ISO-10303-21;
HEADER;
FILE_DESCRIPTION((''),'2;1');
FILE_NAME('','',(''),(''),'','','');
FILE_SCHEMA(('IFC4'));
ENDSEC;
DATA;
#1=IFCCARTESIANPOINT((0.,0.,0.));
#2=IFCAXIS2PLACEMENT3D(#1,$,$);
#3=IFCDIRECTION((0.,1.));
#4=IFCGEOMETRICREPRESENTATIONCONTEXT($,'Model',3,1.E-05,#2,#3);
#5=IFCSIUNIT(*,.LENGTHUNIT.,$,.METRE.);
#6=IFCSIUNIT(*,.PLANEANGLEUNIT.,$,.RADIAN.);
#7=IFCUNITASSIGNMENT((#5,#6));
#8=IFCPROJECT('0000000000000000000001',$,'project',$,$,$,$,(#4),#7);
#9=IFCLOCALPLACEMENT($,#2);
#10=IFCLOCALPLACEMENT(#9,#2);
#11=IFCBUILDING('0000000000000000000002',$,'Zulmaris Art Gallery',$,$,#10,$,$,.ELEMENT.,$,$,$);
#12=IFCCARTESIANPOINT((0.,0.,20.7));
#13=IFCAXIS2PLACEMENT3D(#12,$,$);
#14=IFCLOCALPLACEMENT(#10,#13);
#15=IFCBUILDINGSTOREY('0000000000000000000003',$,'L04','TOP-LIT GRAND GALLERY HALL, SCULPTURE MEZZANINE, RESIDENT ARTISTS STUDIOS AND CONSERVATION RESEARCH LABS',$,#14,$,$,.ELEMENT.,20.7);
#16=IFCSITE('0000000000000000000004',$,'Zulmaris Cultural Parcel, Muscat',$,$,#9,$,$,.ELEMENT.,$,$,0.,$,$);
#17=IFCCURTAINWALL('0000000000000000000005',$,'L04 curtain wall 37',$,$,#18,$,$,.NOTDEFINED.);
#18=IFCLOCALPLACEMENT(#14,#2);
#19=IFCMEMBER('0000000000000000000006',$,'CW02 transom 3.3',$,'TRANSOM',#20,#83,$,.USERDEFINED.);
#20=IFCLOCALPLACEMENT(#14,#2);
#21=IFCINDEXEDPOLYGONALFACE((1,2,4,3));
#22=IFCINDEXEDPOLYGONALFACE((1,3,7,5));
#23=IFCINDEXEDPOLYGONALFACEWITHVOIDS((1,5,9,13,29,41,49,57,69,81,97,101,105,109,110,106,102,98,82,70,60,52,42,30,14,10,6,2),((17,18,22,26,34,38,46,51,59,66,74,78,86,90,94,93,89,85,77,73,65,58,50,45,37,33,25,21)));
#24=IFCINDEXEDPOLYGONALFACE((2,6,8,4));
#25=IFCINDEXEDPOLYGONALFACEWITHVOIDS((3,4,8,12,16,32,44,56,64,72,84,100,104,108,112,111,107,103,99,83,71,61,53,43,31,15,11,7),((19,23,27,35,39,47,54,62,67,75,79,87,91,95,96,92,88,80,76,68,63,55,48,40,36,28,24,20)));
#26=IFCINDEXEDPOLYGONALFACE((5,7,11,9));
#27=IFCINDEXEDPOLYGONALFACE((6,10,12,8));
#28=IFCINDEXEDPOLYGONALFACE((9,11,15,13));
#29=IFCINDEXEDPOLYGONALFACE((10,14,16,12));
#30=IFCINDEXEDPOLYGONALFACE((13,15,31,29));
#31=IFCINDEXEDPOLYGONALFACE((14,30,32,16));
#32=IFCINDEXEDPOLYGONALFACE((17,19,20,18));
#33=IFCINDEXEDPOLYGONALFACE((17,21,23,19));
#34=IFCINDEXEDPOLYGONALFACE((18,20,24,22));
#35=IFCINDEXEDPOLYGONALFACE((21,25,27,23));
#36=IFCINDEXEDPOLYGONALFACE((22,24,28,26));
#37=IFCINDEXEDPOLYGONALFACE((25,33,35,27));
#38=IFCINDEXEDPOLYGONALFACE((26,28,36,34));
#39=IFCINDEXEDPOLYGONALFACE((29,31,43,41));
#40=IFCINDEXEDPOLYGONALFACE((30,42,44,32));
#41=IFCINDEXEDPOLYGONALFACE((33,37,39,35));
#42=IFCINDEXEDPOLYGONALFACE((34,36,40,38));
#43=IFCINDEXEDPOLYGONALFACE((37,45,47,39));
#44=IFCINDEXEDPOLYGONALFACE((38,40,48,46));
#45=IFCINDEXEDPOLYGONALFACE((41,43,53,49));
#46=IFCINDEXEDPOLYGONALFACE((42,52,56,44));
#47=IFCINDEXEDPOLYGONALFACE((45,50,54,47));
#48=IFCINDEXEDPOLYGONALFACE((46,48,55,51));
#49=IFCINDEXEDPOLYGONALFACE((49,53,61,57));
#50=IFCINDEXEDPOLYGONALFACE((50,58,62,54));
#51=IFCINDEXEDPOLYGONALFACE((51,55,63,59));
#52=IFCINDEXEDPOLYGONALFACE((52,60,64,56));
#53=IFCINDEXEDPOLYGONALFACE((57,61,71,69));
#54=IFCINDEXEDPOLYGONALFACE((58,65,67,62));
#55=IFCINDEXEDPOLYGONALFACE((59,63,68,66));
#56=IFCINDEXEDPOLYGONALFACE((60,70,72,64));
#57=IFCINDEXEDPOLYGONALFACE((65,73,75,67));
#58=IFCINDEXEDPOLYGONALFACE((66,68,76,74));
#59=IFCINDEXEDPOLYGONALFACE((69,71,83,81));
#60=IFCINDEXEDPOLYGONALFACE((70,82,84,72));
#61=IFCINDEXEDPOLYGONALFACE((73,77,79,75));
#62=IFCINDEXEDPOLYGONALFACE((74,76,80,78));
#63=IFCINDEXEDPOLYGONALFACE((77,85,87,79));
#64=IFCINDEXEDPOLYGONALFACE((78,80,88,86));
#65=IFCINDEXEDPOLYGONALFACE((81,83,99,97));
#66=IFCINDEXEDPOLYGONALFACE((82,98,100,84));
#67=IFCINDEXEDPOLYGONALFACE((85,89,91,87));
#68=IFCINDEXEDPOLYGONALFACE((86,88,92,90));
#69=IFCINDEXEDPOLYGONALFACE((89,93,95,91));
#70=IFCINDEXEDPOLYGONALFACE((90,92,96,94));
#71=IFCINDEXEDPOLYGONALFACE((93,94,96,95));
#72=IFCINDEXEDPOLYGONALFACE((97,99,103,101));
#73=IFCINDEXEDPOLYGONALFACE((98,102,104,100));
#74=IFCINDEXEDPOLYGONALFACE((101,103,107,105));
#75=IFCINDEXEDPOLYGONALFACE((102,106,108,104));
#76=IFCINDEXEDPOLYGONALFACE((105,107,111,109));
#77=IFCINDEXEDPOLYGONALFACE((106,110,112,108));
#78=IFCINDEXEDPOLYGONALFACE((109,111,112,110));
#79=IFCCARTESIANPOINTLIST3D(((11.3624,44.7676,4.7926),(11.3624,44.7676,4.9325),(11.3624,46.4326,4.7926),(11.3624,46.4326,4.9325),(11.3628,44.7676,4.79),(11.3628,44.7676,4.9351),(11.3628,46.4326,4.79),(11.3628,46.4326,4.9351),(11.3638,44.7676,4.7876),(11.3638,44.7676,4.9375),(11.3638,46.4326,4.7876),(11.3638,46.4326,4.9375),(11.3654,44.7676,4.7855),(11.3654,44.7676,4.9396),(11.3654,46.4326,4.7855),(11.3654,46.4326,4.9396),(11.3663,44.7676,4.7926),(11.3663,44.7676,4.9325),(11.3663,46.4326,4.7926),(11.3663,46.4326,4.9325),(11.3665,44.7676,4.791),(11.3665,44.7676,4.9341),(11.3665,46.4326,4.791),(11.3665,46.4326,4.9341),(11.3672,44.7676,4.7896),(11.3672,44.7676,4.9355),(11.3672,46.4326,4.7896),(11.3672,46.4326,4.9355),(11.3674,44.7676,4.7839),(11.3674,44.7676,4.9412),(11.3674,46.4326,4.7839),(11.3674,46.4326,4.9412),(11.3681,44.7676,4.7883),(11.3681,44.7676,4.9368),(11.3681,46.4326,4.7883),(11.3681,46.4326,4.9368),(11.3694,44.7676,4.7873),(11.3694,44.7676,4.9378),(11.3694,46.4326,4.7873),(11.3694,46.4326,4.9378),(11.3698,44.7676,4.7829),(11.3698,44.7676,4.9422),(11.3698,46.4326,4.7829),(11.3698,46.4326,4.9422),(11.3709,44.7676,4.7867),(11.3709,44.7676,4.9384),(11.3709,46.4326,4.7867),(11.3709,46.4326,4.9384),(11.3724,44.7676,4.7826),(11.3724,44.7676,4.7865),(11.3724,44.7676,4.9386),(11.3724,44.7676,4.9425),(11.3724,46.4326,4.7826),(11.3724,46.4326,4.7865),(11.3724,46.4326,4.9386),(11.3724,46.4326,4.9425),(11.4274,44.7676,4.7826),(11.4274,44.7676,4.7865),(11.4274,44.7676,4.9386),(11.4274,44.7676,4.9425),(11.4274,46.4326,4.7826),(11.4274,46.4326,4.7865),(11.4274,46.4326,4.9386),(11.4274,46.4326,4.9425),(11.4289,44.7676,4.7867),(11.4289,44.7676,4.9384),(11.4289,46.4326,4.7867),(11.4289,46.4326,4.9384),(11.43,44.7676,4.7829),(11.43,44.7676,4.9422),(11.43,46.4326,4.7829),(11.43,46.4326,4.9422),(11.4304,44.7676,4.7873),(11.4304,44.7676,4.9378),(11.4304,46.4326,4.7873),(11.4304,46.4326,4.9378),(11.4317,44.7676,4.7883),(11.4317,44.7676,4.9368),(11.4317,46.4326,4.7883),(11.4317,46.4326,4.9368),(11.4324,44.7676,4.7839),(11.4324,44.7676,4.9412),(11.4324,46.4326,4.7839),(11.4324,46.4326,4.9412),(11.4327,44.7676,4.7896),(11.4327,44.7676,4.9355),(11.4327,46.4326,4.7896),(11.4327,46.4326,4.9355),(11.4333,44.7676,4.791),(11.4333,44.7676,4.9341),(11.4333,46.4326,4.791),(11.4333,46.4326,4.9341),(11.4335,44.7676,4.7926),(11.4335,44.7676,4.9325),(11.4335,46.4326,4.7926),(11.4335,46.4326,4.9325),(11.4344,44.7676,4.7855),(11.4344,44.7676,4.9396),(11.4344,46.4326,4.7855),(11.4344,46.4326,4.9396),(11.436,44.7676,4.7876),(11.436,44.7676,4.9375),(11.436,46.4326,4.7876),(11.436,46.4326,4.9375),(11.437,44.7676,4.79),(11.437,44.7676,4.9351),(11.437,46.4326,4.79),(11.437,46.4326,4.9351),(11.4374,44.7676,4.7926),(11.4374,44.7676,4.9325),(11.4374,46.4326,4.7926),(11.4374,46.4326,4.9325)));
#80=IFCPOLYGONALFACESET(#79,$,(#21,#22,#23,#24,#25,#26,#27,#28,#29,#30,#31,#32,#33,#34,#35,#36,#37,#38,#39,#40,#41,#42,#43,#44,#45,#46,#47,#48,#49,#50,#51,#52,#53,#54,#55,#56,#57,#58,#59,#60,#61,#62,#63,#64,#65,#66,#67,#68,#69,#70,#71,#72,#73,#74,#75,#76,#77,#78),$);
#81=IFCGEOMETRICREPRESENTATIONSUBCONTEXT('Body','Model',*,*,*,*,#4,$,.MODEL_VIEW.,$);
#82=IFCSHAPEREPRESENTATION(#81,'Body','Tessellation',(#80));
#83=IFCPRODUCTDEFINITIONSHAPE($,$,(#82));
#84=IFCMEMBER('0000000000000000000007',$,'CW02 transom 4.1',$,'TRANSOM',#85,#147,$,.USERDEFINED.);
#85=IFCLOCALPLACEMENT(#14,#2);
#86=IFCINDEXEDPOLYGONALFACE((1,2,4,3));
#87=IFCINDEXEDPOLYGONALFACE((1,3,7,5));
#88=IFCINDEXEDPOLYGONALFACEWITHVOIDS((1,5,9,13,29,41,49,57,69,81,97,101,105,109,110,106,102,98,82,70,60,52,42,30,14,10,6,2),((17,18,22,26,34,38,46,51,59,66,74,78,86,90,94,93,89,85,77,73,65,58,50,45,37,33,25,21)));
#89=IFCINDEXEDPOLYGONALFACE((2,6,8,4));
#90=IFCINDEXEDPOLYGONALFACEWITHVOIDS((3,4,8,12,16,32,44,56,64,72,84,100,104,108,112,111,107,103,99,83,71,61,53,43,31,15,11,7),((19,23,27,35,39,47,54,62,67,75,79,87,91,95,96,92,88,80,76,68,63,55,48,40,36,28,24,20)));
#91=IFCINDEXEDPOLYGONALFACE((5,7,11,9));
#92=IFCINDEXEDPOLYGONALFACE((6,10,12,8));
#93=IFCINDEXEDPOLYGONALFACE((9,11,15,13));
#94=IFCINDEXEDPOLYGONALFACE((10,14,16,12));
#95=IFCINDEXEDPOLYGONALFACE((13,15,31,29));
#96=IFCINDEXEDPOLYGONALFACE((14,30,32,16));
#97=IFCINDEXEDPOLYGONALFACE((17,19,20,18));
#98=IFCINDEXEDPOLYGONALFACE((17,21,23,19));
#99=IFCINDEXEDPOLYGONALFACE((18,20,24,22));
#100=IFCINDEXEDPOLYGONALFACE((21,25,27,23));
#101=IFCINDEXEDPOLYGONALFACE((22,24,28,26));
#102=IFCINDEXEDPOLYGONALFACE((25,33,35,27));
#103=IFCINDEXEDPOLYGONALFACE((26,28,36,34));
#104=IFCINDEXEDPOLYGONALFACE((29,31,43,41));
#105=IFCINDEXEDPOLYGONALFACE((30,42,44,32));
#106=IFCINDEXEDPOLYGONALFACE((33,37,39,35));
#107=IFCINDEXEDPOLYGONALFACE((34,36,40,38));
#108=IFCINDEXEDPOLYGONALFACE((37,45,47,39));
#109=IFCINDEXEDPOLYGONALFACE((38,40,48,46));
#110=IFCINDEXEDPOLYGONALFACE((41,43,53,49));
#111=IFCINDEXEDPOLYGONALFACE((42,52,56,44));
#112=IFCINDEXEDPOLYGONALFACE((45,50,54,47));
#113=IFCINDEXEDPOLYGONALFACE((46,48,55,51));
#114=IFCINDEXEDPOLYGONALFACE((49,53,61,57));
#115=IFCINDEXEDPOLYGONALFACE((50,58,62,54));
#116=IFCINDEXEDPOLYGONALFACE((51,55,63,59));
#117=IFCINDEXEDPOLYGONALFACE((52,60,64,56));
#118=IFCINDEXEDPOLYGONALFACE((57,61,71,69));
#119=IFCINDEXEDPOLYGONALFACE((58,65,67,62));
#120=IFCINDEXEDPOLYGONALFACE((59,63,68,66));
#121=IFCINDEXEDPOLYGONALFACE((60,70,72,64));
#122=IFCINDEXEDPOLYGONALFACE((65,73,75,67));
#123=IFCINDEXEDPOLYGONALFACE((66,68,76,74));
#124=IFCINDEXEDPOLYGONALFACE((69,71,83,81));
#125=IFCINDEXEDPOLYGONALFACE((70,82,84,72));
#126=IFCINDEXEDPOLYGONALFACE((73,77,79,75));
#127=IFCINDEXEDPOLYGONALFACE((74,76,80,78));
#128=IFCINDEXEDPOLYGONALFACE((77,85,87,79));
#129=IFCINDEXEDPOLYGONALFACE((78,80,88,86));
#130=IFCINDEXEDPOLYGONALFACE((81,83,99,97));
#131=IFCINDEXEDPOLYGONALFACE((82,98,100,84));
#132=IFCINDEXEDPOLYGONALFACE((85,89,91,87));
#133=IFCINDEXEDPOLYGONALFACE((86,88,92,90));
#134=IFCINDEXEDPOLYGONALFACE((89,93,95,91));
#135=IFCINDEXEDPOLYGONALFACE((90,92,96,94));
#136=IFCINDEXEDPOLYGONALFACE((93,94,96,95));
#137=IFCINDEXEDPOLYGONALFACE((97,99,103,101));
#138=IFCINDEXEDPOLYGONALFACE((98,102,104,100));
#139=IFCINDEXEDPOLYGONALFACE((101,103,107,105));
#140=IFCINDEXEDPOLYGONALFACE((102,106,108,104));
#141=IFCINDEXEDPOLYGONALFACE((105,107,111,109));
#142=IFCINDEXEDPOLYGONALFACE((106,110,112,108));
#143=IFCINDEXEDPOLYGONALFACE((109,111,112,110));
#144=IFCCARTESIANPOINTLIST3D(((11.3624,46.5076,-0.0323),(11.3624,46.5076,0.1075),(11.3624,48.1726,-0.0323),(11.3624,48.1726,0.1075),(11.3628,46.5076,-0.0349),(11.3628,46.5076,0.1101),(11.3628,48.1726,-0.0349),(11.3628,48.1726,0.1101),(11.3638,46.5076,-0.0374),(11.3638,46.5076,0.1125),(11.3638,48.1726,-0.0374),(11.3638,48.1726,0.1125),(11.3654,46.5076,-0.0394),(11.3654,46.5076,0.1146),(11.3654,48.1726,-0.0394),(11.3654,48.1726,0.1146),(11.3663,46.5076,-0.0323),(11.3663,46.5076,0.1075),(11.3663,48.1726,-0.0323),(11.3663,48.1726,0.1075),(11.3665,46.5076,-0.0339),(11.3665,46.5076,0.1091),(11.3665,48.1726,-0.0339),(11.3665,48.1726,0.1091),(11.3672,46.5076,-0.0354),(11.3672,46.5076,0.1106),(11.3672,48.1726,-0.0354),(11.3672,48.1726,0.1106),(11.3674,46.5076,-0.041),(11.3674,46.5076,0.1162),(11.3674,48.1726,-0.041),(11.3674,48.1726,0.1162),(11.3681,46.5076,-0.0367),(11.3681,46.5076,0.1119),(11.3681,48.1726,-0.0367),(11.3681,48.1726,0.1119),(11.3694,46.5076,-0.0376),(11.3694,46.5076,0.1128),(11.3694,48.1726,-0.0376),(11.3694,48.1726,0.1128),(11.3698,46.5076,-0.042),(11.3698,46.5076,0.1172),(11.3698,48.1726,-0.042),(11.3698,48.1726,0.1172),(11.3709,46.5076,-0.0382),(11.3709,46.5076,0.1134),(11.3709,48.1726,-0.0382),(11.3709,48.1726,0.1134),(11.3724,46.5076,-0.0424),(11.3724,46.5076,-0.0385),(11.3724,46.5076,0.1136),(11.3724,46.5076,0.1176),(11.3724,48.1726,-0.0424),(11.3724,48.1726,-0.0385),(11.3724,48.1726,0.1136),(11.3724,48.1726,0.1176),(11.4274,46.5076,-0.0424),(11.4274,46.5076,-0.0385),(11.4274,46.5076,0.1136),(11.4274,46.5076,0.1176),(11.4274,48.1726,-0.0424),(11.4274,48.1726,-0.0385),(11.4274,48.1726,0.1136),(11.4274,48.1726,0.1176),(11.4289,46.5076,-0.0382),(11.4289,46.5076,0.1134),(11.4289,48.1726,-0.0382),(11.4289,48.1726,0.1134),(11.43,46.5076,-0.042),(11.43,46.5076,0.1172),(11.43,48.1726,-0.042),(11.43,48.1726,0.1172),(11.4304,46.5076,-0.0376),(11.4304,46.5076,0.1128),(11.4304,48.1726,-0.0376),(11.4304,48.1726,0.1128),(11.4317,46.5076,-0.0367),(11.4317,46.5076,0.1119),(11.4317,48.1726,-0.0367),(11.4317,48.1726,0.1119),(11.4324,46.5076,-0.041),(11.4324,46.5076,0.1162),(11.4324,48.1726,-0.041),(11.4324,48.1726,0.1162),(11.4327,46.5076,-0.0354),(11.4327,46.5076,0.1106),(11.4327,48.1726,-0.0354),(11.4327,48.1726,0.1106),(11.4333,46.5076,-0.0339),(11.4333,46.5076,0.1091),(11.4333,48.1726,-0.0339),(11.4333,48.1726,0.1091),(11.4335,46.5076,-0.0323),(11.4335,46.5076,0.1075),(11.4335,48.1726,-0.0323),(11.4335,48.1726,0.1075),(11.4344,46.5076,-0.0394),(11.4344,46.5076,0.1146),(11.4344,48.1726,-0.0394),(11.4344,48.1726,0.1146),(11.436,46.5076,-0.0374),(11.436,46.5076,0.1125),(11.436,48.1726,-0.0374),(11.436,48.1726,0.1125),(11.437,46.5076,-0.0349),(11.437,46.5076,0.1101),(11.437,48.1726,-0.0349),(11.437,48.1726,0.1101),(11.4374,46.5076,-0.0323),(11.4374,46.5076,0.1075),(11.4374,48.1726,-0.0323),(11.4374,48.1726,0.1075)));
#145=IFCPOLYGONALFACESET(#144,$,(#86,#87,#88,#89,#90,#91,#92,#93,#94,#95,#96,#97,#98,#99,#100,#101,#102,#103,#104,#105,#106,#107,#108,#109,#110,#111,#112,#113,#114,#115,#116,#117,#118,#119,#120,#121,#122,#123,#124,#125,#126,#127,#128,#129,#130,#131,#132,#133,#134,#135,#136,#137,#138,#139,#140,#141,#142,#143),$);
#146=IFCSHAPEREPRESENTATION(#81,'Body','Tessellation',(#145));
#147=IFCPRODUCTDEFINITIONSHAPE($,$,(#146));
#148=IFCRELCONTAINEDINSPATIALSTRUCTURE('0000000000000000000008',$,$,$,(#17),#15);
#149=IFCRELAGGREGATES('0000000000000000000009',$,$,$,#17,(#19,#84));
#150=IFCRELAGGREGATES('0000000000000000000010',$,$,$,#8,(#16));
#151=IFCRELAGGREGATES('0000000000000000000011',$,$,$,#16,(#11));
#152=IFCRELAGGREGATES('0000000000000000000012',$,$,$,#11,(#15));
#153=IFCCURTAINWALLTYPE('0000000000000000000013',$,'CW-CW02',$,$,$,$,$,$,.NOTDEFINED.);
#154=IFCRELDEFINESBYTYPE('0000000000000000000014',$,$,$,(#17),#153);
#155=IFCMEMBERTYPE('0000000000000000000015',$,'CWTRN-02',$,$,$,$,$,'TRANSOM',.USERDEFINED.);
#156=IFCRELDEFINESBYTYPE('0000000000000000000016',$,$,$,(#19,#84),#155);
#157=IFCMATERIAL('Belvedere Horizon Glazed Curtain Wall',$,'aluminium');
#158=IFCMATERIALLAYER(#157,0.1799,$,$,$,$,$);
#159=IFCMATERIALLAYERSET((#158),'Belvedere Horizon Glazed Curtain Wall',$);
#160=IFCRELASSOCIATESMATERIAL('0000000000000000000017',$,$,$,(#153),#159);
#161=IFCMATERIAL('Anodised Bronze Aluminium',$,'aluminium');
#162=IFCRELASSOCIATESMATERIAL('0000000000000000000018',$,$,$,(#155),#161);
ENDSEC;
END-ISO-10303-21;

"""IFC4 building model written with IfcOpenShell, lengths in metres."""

from ifc_helpers import new_model, si_unit, direction, frame, origin, origin_2d, place, context, subcontext, project, spatial, hollow_rectangle, extrude, material, layer, layer_set, material_profile, profile_set, type_object, element, aggregate, save


model = new_model("IFC4")

# Units and contexts
model_context = context("Model", 3, precision=1e-05, world=origin(), true_north=direction((0.0, 1.0)))
body_context = subcontext(model_context, "Body", "Model", "MODEL_VIEW")
ifc_project = project(units=[si_unit("LENGTHUNIT", "METRE"), si_unit("PLANEANGLEUNIT", "RADIAN")], contexts=[model_context])

# Site, building, storey
site_placement = place(None, origin())
site = spatial("IfcSite", under=ifc_project, at=site_placement, Name="Zulmaris Cultural Parcel, Muscat", CompositionType="ELEMENT", RefElevation=0.0)
building_placement = place(site_placement, origin())
building = spatial("IfcBuilding", under=site, at=building_placement, Name="Zulmaris Art Gallery", CompositionType="ELEMENT")
storey_placement = place(building_placement, frame((0.0, 0.0, 20.7)))
storey = spatial("IfcBuildingStorey", under=building, at=storey_placement, Name="L04", Description="TOP-LIT GRAND GALLERY HALL, SCULPTURE MEZZANINE, RESIDENT ARTISTS STUDIOS AND CONSERVATION RESEARCH LABS", CompositionType="ELEMENT", Elevation=20.7)

# Curtain wall, members
ifc_material_1 = material(Name="Belvedere Horizon Glazed Curtain Wall", Category="aluminium")
ifc_layer_1 = layer(ifc_material_1, 0.1799)
ifc_layer_set_1 = layer_set([ifc_layer_1], Name="Belvedere Horizon Glazed Curtain Wall")
curtain_wall_type = type_object("IfcCurtainWallType", Name="CW-CW02", PredefinedType="NOTDEFINED", material=ifc_layer_set_1)
curtain_wall_placement = place(storey_placement, origin())
curtain_wall = element("IfcCurtainWall", 1, at=curtain_wall_placement, inside=storey, type_object=curtain_wall_type, Name="L04 curtain wall 37", PredefinedType="NOTDEFINED")
ifc_material_2 = material(Name="Anodised Bronze Aluminium", Category="aluminium")
ifc_material_profile_1 = material_profile(ifc_material_2, hollow_rectangle(XDim=0.075, YDim=0.1599, WallThickness=0.0039, InnerFilletRadius=0.0061, OuterFilletRadius=0.01, at=origin_2d()), Name="ALU 75x160x4")
ifc_profile_set_1 = profile_set([ifc_material_profile_1], Name="Anodised Bronze Aluminium")
member_type_1 = type_object("IfcMemberType", Name="CWTRN-02", ElementType="TRANSOM", PredefinedType="USERDEFINED", material=ifc_profile_set_1)
member_1_placement = place(storey_placement, frame((11.3999, 44.7676, 4.8625), z_axis=(0.0, 1.0, 0.0), x_axis=(-1.0, 0.0, 0.0)))
member_1 = element("IfcMember", 2, at=member_1_placement, type_object=member_type_1, Name="CW02 transom 3.3", ObjectType="TRANSOM", PredefinedType="USERDEFINED", context=body_context, shape_type="SweptSolid", body=[
    extrude(hollow_rectangle(XDim=0.075, YDim=0.1599, WallThickness=0.0039, InnerFilletRadius=0.0061, OuterFilletRadius=0.01, at=origin_2d()), origin(), (0.0, 0.0, 1.0), 1.665),
])
member_2_placement = place(storey_placement, frame((11.3999, 46.5076, 0.0376), z_axis=(0.0, 1.0, 0.0), x_axis=(-1.0, 0.0, 0.0)))
member_2 = element("IfcMember", 3, at=member_2_placement, type_object=member_type_1, Name="CW02 transom 4.1", ObjectType="TRANSOM", PredefinedType="USERDEFINED", context=body_context, shape_type="SweptSolid", body=[
    extrude(hollow_rectangle(XDim=0.075, YDim=0.1599, WallThickness=0.0039, InnerFilletRadius=0.0061, OuterFilletRadius=0.01, at=origin_2d()), origin(), (0.0, 0.0, 1.0), 1.665),
])

aggregate(curtain_wall, [member_1, member_2])

save(model, "model.ifc")
